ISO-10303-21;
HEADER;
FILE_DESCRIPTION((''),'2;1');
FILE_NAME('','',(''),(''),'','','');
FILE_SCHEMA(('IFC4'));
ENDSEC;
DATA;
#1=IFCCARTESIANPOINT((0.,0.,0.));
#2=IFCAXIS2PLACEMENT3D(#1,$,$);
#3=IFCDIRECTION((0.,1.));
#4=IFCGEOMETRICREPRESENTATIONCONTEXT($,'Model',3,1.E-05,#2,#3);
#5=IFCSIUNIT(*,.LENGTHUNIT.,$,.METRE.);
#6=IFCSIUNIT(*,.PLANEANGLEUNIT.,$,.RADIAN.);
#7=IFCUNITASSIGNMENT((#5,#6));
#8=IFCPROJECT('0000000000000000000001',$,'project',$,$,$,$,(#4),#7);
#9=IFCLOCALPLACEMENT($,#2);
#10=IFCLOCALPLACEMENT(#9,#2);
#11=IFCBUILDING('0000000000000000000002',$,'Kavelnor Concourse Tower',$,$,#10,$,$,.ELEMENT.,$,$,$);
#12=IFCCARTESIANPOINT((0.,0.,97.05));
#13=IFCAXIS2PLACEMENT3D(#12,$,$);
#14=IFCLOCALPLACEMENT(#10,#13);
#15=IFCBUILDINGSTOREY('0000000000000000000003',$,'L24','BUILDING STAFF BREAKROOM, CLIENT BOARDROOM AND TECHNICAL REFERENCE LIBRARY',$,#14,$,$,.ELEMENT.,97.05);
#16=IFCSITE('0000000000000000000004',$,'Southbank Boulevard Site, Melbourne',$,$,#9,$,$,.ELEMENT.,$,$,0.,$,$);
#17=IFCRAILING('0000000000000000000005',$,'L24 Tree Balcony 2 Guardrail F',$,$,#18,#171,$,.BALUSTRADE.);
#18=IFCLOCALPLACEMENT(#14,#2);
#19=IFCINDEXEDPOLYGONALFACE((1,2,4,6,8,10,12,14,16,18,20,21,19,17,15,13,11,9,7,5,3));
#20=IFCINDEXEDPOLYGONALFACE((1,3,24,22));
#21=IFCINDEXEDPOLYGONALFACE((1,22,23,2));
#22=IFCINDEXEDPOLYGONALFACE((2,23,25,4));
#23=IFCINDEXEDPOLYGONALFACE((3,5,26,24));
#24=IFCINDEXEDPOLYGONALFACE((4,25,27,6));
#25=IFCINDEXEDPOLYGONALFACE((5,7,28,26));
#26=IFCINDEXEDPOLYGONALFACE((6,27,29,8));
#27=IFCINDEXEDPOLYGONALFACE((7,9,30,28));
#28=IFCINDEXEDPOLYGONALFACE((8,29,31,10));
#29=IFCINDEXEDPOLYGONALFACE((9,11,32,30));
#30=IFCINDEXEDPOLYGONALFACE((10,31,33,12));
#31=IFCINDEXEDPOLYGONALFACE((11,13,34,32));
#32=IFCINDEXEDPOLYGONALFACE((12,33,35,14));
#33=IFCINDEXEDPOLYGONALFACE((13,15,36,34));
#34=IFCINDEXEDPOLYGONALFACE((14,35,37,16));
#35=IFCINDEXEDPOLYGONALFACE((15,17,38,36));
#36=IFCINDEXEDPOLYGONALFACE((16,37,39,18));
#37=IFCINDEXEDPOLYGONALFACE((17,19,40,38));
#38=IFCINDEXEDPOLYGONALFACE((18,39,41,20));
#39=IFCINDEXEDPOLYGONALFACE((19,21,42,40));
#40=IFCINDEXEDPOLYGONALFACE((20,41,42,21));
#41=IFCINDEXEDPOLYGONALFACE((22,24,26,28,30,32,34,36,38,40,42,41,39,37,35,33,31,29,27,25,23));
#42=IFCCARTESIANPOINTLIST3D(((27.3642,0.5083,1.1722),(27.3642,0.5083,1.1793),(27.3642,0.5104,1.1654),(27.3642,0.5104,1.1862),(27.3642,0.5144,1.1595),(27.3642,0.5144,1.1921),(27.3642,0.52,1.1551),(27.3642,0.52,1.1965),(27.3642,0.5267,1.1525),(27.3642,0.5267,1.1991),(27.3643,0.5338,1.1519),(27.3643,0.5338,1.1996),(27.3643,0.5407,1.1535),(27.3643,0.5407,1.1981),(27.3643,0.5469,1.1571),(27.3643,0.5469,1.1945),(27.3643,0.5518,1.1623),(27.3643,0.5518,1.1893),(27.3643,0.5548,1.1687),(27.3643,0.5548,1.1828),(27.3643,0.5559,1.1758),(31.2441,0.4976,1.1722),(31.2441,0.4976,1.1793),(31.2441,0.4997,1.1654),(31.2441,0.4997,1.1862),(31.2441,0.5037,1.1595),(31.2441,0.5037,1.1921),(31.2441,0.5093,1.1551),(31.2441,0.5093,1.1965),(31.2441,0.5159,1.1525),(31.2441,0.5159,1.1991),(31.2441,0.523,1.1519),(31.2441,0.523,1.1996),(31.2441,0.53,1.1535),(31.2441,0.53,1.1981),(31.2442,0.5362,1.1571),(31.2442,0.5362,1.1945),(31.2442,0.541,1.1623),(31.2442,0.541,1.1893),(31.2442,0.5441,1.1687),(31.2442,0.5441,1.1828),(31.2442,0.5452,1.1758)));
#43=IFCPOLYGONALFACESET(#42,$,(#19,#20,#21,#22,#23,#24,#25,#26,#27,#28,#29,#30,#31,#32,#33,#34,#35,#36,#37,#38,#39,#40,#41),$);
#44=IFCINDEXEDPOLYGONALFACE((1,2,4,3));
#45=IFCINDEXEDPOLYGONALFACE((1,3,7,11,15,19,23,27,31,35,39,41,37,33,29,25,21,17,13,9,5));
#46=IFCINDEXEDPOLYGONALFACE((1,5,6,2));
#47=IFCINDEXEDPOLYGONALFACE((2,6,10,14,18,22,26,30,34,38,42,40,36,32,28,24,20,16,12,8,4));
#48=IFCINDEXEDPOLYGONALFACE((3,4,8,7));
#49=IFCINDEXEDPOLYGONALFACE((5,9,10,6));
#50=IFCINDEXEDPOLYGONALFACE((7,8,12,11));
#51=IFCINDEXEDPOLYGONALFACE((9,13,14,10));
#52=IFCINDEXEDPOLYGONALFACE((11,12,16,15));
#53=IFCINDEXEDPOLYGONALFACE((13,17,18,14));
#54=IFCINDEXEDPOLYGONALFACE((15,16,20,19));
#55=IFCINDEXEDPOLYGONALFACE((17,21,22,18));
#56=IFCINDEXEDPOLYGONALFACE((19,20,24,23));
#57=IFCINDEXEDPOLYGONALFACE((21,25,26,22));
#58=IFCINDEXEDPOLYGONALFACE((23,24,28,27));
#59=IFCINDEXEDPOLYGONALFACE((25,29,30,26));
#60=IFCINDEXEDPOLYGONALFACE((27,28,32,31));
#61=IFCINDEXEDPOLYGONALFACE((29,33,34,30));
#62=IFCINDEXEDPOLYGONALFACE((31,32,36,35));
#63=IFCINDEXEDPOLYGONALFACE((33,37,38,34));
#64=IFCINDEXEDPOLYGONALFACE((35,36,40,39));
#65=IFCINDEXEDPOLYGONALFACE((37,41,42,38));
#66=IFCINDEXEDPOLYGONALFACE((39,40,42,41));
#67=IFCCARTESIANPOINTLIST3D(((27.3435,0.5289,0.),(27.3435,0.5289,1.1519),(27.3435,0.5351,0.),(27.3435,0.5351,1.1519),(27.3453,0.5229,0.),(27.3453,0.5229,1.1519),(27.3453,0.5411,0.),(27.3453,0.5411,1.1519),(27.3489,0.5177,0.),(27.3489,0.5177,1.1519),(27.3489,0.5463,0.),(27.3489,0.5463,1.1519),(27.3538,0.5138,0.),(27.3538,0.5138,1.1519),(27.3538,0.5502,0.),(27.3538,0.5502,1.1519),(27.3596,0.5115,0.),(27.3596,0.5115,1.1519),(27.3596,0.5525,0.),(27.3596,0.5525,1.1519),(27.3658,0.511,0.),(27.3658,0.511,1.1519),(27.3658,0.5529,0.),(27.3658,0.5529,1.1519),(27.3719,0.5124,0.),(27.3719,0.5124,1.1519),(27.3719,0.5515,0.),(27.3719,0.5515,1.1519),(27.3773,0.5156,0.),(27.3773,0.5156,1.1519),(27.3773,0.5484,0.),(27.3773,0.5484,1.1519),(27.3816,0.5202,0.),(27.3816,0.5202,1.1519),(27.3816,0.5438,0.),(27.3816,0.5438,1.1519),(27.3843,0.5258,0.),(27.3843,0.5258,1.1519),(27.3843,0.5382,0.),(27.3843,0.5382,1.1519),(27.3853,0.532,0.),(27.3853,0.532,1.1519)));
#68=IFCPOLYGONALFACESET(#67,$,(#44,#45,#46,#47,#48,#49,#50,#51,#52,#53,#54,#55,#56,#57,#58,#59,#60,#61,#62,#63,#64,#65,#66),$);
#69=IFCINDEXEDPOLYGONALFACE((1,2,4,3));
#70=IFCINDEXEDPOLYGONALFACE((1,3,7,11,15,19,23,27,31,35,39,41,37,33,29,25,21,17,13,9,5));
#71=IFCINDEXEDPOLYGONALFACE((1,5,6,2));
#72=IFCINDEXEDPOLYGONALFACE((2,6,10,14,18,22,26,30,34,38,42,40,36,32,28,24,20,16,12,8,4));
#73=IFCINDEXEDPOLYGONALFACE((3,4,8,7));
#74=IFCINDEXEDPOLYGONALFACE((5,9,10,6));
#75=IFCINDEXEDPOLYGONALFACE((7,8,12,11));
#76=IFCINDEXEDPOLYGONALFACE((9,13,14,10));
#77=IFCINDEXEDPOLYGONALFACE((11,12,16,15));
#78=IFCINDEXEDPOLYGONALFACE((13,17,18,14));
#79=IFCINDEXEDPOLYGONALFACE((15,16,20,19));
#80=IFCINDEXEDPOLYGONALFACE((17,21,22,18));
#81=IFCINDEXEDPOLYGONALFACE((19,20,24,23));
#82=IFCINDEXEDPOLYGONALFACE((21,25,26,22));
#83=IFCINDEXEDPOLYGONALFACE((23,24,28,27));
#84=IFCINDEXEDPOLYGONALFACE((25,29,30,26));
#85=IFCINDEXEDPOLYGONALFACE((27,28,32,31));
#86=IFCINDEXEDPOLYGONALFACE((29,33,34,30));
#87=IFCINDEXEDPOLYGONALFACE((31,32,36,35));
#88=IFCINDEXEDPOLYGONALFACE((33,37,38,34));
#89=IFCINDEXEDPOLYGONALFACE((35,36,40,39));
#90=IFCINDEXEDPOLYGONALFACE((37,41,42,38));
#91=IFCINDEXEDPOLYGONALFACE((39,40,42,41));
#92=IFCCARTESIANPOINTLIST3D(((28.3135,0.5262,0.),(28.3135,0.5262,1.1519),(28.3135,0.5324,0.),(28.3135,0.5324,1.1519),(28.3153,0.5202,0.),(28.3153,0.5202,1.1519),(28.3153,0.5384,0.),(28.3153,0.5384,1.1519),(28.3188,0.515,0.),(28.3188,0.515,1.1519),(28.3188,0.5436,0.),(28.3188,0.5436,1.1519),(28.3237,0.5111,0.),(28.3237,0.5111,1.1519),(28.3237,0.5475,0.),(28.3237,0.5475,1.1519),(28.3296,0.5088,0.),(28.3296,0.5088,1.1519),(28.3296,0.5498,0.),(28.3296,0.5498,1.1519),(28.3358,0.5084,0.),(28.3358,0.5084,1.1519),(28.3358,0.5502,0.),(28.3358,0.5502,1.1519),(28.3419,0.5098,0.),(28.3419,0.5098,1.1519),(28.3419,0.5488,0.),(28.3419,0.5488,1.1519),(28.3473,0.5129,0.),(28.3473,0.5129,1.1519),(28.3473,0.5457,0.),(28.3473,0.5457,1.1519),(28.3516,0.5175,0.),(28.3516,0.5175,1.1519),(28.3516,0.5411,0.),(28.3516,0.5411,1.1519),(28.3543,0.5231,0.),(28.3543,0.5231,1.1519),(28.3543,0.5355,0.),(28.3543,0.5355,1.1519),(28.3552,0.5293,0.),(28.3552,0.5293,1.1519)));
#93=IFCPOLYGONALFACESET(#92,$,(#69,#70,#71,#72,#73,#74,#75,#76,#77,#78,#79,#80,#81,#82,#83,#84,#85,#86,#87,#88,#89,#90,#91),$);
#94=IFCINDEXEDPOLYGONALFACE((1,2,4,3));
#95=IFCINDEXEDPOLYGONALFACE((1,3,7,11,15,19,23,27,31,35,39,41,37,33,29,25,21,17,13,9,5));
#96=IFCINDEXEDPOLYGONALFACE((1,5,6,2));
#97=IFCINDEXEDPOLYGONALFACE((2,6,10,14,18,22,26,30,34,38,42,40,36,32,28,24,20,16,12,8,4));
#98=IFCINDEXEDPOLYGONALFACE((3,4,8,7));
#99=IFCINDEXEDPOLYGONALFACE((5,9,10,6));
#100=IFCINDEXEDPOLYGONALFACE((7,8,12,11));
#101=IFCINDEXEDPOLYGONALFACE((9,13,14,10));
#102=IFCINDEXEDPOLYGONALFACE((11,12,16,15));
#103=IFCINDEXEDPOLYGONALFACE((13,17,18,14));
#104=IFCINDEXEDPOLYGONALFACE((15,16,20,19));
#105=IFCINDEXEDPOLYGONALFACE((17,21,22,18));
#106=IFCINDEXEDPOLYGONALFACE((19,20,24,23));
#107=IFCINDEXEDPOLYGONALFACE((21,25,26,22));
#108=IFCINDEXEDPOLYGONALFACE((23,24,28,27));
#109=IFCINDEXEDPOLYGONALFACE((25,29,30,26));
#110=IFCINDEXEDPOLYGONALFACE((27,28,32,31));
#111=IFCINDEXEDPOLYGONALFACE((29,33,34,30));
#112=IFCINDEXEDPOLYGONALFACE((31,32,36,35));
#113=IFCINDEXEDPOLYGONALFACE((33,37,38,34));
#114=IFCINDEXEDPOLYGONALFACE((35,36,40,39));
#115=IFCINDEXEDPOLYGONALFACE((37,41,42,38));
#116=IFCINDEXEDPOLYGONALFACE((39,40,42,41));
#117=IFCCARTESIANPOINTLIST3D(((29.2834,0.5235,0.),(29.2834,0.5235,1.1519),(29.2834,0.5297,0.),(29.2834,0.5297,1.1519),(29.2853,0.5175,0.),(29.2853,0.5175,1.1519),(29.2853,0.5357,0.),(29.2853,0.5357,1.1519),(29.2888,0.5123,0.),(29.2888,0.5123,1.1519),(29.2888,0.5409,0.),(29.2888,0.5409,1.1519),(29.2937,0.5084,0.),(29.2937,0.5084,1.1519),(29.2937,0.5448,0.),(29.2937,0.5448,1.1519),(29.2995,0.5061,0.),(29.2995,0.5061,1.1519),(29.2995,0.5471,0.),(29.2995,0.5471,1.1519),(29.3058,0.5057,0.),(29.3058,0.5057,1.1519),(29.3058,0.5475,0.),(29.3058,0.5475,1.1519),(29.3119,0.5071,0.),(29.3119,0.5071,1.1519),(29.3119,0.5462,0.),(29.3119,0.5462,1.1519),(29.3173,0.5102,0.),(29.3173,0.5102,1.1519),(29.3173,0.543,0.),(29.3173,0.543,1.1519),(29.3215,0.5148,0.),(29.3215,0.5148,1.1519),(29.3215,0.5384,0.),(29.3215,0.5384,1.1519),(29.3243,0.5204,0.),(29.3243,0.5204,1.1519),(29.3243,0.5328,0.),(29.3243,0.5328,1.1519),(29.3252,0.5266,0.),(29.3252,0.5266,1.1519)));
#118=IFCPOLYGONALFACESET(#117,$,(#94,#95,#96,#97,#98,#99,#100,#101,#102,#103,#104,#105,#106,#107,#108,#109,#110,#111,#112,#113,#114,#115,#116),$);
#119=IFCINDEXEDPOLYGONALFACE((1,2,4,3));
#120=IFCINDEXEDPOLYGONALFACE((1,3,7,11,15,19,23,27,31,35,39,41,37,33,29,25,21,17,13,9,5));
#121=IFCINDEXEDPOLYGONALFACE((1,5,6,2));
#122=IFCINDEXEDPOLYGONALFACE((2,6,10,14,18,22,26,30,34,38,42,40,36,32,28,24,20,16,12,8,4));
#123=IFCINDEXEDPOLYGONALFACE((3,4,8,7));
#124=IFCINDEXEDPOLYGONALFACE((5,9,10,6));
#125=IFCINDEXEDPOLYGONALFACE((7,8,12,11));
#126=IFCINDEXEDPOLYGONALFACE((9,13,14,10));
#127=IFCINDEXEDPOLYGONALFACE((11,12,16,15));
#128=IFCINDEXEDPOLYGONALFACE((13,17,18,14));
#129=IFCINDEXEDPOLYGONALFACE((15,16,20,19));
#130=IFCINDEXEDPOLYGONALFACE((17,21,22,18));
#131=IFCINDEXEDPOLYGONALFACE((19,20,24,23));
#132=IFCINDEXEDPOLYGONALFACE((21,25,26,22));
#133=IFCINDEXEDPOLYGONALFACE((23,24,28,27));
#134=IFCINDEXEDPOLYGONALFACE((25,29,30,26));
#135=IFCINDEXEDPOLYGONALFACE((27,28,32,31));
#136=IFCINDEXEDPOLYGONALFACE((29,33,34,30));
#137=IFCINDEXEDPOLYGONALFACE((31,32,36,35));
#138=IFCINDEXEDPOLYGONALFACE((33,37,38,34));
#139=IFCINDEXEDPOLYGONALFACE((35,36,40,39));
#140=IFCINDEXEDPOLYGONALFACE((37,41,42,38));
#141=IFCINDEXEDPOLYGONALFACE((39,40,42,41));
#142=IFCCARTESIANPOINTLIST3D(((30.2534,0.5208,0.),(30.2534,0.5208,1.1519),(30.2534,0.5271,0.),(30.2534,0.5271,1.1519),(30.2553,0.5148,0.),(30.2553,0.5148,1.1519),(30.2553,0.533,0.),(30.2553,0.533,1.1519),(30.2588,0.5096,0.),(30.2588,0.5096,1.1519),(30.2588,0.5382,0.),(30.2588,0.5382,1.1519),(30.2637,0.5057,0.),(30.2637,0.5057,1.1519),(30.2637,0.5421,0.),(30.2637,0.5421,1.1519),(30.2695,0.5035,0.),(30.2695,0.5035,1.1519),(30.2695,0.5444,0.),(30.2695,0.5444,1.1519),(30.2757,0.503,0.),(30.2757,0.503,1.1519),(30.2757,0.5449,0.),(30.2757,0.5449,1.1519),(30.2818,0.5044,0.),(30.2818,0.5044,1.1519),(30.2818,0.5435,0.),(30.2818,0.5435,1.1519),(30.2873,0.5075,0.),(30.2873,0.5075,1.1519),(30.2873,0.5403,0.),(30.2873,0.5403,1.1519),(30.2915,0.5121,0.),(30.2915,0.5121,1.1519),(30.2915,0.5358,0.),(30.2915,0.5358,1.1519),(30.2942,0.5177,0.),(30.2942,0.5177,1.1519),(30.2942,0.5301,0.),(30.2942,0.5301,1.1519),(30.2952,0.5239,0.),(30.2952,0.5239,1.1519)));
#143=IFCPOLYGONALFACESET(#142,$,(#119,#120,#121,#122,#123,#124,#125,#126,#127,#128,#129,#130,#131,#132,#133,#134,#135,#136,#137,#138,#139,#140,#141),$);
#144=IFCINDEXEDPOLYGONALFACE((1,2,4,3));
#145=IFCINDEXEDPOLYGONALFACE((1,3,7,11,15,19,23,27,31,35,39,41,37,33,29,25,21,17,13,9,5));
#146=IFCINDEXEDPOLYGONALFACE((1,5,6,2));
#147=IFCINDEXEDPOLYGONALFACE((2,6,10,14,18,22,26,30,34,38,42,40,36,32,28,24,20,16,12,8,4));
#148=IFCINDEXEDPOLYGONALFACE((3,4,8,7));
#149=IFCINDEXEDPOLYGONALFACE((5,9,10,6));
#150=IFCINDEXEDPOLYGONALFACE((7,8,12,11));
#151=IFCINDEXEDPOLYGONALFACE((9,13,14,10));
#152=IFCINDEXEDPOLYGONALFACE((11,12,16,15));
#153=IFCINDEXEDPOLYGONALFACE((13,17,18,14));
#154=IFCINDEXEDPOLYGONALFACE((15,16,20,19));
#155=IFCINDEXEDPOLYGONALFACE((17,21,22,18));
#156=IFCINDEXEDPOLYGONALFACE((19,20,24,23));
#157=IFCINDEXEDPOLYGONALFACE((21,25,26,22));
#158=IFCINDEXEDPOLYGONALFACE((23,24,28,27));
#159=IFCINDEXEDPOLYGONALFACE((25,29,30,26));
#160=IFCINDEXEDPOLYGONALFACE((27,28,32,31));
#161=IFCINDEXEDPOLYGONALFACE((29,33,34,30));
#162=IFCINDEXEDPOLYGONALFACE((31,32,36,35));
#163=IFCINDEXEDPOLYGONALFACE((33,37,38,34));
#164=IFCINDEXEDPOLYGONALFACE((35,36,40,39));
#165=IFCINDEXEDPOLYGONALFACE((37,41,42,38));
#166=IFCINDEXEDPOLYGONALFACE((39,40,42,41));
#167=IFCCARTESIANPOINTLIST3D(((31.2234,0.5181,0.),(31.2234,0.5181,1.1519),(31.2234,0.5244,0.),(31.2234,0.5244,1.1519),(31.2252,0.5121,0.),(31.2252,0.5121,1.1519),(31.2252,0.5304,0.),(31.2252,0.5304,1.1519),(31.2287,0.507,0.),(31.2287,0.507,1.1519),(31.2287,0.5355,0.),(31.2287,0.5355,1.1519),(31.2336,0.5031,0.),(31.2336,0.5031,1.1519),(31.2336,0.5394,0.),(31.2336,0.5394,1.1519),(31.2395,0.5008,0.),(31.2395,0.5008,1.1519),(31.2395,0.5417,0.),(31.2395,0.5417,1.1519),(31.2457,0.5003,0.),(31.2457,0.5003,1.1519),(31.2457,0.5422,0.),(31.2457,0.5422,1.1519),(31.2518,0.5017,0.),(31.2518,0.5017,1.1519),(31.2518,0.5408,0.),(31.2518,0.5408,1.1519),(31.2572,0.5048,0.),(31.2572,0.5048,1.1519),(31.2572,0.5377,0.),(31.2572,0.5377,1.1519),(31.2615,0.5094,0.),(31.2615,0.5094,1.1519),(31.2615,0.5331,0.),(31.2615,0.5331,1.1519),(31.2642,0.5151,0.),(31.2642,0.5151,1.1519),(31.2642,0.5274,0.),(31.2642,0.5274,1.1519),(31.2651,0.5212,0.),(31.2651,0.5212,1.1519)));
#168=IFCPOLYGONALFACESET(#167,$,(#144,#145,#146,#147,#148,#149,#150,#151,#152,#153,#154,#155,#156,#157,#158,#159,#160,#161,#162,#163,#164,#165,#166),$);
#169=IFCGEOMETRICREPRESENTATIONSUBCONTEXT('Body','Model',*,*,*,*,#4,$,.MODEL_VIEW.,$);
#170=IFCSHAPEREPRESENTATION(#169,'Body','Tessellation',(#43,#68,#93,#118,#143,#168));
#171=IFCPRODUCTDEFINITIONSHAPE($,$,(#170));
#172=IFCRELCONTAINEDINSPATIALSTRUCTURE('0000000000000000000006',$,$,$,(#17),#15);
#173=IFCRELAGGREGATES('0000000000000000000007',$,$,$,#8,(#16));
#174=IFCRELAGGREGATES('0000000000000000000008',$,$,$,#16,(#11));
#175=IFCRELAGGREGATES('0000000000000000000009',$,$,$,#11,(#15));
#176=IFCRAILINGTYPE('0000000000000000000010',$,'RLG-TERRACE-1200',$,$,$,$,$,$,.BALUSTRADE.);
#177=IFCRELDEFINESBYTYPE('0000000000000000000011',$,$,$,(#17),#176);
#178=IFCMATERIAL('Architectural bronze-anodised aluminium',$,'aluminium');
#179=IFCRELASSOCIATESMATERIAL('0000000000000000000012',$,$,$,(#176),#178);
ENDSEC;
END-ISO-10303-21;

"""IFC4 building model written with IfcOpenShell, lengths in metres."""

from ifc_helpers import new_model, si_unit, direction, frame, origin, origin_2d, place, context, subcontext, project, spatial, circle, extrude, material, type_object, element, save


model = new_model("IFC4")

# Units and contexts
model_context = context("Model", 3, precision=1e-05, world=origin(), true_north=direction((0.0, 1.0)))
body_context = subcontext(model_context, "Body", "Model", "MODEL_VIEW")
ifc_project = project(units=[si_unit("LENGTHUNIT", "METRE"), si_unit("PLANEANGLEUNIT", "RADIAN")], contexts=[model_context])

# Site, building, storey
site_placement = place(None, origin())
site = spatial("IfcSite", under=ifc_project, at=site_placement, Name="Southbank Boulevard Site, Melbourne", CompositionType="ELEMENT", RefElevation=0.0)
building_placement = place(site_placement, origin())
building = spatial("IfcBuilding", under=site, at=building_placement, Name="Kavelnor Concourse Tower", CompositionType="ELEMENT")
storey_placement = place(building_placement, frame((0.0, 0.0, 97.05)))
storey = spatial("IfcBuildingStorey", under=building, at=storey_placement, Name="L24", Description="BUILDING STAFF BREAKROOM, CLIENT BOARDROOM AND TECHNICAL REFERENCE LIBRARY", CompositionType="ELEMENT", Elevation=97.05)

# Railing
ifc_material_1 = material(Name="Architectural bronze-anodised aluminium", Category="aluminium")
railing_type_1 = type_object("IfcRailingType", Name="RLG-TERRACE-1200", PredefinedType="BALUSTRADE", material=ifc_material_1)
railing_1_placement = place(storey_placement, frame((27.3643, 0.532, 0.0)))
element("IfcRailing", 1, at=railing_1_placement, inside=storey, type_object=railing_type_1, Name="L24 Tree Balcony 2 Guardrail F", PredefinedType="BALUSTRADE", context=body_context, shape_type="SweptSolid", body=[
    extrude(circle(Radius=0.0239, at=origin_2d()), frame((0.0, 0.0, 1.1758), z_axis=(0.999996, -0.002769, 0.0), x_axis=(0.002769, 0.999996, 0.0)), (0.0, 0.0, 1.0), 3.8799),
    extrude(circle(Radius=0.021, at=origin_2d()), origin(), (0.0, 0.0, 1.0), 1.1519),
    extrude(circle(Radius=0.021, at=origin_2d()), frame((0.97, -0.0027, 0.0)), (0.0, 0.0, 1.0), 1.1519),
    extrude(circle(Radius=0.021, at=origin_2d()), frame((1.9399, -0.0054, 0.0)), (0.0, 0.0, 1.0), 1.1519),
    extrude(circle(Radius=0.021, at=origin_2d()), frame((2.9099, -0.0081, 0.0)), (0.0, 0.0, 1.0), 1.1519),
    extrude(circle(Radius=0.021, at=origin_2d()), frame((3.8799, -0.0107, 0.0)), (0.0, 0.0, 1.0), 1.1519),
])

save(model, "model.ifc")
